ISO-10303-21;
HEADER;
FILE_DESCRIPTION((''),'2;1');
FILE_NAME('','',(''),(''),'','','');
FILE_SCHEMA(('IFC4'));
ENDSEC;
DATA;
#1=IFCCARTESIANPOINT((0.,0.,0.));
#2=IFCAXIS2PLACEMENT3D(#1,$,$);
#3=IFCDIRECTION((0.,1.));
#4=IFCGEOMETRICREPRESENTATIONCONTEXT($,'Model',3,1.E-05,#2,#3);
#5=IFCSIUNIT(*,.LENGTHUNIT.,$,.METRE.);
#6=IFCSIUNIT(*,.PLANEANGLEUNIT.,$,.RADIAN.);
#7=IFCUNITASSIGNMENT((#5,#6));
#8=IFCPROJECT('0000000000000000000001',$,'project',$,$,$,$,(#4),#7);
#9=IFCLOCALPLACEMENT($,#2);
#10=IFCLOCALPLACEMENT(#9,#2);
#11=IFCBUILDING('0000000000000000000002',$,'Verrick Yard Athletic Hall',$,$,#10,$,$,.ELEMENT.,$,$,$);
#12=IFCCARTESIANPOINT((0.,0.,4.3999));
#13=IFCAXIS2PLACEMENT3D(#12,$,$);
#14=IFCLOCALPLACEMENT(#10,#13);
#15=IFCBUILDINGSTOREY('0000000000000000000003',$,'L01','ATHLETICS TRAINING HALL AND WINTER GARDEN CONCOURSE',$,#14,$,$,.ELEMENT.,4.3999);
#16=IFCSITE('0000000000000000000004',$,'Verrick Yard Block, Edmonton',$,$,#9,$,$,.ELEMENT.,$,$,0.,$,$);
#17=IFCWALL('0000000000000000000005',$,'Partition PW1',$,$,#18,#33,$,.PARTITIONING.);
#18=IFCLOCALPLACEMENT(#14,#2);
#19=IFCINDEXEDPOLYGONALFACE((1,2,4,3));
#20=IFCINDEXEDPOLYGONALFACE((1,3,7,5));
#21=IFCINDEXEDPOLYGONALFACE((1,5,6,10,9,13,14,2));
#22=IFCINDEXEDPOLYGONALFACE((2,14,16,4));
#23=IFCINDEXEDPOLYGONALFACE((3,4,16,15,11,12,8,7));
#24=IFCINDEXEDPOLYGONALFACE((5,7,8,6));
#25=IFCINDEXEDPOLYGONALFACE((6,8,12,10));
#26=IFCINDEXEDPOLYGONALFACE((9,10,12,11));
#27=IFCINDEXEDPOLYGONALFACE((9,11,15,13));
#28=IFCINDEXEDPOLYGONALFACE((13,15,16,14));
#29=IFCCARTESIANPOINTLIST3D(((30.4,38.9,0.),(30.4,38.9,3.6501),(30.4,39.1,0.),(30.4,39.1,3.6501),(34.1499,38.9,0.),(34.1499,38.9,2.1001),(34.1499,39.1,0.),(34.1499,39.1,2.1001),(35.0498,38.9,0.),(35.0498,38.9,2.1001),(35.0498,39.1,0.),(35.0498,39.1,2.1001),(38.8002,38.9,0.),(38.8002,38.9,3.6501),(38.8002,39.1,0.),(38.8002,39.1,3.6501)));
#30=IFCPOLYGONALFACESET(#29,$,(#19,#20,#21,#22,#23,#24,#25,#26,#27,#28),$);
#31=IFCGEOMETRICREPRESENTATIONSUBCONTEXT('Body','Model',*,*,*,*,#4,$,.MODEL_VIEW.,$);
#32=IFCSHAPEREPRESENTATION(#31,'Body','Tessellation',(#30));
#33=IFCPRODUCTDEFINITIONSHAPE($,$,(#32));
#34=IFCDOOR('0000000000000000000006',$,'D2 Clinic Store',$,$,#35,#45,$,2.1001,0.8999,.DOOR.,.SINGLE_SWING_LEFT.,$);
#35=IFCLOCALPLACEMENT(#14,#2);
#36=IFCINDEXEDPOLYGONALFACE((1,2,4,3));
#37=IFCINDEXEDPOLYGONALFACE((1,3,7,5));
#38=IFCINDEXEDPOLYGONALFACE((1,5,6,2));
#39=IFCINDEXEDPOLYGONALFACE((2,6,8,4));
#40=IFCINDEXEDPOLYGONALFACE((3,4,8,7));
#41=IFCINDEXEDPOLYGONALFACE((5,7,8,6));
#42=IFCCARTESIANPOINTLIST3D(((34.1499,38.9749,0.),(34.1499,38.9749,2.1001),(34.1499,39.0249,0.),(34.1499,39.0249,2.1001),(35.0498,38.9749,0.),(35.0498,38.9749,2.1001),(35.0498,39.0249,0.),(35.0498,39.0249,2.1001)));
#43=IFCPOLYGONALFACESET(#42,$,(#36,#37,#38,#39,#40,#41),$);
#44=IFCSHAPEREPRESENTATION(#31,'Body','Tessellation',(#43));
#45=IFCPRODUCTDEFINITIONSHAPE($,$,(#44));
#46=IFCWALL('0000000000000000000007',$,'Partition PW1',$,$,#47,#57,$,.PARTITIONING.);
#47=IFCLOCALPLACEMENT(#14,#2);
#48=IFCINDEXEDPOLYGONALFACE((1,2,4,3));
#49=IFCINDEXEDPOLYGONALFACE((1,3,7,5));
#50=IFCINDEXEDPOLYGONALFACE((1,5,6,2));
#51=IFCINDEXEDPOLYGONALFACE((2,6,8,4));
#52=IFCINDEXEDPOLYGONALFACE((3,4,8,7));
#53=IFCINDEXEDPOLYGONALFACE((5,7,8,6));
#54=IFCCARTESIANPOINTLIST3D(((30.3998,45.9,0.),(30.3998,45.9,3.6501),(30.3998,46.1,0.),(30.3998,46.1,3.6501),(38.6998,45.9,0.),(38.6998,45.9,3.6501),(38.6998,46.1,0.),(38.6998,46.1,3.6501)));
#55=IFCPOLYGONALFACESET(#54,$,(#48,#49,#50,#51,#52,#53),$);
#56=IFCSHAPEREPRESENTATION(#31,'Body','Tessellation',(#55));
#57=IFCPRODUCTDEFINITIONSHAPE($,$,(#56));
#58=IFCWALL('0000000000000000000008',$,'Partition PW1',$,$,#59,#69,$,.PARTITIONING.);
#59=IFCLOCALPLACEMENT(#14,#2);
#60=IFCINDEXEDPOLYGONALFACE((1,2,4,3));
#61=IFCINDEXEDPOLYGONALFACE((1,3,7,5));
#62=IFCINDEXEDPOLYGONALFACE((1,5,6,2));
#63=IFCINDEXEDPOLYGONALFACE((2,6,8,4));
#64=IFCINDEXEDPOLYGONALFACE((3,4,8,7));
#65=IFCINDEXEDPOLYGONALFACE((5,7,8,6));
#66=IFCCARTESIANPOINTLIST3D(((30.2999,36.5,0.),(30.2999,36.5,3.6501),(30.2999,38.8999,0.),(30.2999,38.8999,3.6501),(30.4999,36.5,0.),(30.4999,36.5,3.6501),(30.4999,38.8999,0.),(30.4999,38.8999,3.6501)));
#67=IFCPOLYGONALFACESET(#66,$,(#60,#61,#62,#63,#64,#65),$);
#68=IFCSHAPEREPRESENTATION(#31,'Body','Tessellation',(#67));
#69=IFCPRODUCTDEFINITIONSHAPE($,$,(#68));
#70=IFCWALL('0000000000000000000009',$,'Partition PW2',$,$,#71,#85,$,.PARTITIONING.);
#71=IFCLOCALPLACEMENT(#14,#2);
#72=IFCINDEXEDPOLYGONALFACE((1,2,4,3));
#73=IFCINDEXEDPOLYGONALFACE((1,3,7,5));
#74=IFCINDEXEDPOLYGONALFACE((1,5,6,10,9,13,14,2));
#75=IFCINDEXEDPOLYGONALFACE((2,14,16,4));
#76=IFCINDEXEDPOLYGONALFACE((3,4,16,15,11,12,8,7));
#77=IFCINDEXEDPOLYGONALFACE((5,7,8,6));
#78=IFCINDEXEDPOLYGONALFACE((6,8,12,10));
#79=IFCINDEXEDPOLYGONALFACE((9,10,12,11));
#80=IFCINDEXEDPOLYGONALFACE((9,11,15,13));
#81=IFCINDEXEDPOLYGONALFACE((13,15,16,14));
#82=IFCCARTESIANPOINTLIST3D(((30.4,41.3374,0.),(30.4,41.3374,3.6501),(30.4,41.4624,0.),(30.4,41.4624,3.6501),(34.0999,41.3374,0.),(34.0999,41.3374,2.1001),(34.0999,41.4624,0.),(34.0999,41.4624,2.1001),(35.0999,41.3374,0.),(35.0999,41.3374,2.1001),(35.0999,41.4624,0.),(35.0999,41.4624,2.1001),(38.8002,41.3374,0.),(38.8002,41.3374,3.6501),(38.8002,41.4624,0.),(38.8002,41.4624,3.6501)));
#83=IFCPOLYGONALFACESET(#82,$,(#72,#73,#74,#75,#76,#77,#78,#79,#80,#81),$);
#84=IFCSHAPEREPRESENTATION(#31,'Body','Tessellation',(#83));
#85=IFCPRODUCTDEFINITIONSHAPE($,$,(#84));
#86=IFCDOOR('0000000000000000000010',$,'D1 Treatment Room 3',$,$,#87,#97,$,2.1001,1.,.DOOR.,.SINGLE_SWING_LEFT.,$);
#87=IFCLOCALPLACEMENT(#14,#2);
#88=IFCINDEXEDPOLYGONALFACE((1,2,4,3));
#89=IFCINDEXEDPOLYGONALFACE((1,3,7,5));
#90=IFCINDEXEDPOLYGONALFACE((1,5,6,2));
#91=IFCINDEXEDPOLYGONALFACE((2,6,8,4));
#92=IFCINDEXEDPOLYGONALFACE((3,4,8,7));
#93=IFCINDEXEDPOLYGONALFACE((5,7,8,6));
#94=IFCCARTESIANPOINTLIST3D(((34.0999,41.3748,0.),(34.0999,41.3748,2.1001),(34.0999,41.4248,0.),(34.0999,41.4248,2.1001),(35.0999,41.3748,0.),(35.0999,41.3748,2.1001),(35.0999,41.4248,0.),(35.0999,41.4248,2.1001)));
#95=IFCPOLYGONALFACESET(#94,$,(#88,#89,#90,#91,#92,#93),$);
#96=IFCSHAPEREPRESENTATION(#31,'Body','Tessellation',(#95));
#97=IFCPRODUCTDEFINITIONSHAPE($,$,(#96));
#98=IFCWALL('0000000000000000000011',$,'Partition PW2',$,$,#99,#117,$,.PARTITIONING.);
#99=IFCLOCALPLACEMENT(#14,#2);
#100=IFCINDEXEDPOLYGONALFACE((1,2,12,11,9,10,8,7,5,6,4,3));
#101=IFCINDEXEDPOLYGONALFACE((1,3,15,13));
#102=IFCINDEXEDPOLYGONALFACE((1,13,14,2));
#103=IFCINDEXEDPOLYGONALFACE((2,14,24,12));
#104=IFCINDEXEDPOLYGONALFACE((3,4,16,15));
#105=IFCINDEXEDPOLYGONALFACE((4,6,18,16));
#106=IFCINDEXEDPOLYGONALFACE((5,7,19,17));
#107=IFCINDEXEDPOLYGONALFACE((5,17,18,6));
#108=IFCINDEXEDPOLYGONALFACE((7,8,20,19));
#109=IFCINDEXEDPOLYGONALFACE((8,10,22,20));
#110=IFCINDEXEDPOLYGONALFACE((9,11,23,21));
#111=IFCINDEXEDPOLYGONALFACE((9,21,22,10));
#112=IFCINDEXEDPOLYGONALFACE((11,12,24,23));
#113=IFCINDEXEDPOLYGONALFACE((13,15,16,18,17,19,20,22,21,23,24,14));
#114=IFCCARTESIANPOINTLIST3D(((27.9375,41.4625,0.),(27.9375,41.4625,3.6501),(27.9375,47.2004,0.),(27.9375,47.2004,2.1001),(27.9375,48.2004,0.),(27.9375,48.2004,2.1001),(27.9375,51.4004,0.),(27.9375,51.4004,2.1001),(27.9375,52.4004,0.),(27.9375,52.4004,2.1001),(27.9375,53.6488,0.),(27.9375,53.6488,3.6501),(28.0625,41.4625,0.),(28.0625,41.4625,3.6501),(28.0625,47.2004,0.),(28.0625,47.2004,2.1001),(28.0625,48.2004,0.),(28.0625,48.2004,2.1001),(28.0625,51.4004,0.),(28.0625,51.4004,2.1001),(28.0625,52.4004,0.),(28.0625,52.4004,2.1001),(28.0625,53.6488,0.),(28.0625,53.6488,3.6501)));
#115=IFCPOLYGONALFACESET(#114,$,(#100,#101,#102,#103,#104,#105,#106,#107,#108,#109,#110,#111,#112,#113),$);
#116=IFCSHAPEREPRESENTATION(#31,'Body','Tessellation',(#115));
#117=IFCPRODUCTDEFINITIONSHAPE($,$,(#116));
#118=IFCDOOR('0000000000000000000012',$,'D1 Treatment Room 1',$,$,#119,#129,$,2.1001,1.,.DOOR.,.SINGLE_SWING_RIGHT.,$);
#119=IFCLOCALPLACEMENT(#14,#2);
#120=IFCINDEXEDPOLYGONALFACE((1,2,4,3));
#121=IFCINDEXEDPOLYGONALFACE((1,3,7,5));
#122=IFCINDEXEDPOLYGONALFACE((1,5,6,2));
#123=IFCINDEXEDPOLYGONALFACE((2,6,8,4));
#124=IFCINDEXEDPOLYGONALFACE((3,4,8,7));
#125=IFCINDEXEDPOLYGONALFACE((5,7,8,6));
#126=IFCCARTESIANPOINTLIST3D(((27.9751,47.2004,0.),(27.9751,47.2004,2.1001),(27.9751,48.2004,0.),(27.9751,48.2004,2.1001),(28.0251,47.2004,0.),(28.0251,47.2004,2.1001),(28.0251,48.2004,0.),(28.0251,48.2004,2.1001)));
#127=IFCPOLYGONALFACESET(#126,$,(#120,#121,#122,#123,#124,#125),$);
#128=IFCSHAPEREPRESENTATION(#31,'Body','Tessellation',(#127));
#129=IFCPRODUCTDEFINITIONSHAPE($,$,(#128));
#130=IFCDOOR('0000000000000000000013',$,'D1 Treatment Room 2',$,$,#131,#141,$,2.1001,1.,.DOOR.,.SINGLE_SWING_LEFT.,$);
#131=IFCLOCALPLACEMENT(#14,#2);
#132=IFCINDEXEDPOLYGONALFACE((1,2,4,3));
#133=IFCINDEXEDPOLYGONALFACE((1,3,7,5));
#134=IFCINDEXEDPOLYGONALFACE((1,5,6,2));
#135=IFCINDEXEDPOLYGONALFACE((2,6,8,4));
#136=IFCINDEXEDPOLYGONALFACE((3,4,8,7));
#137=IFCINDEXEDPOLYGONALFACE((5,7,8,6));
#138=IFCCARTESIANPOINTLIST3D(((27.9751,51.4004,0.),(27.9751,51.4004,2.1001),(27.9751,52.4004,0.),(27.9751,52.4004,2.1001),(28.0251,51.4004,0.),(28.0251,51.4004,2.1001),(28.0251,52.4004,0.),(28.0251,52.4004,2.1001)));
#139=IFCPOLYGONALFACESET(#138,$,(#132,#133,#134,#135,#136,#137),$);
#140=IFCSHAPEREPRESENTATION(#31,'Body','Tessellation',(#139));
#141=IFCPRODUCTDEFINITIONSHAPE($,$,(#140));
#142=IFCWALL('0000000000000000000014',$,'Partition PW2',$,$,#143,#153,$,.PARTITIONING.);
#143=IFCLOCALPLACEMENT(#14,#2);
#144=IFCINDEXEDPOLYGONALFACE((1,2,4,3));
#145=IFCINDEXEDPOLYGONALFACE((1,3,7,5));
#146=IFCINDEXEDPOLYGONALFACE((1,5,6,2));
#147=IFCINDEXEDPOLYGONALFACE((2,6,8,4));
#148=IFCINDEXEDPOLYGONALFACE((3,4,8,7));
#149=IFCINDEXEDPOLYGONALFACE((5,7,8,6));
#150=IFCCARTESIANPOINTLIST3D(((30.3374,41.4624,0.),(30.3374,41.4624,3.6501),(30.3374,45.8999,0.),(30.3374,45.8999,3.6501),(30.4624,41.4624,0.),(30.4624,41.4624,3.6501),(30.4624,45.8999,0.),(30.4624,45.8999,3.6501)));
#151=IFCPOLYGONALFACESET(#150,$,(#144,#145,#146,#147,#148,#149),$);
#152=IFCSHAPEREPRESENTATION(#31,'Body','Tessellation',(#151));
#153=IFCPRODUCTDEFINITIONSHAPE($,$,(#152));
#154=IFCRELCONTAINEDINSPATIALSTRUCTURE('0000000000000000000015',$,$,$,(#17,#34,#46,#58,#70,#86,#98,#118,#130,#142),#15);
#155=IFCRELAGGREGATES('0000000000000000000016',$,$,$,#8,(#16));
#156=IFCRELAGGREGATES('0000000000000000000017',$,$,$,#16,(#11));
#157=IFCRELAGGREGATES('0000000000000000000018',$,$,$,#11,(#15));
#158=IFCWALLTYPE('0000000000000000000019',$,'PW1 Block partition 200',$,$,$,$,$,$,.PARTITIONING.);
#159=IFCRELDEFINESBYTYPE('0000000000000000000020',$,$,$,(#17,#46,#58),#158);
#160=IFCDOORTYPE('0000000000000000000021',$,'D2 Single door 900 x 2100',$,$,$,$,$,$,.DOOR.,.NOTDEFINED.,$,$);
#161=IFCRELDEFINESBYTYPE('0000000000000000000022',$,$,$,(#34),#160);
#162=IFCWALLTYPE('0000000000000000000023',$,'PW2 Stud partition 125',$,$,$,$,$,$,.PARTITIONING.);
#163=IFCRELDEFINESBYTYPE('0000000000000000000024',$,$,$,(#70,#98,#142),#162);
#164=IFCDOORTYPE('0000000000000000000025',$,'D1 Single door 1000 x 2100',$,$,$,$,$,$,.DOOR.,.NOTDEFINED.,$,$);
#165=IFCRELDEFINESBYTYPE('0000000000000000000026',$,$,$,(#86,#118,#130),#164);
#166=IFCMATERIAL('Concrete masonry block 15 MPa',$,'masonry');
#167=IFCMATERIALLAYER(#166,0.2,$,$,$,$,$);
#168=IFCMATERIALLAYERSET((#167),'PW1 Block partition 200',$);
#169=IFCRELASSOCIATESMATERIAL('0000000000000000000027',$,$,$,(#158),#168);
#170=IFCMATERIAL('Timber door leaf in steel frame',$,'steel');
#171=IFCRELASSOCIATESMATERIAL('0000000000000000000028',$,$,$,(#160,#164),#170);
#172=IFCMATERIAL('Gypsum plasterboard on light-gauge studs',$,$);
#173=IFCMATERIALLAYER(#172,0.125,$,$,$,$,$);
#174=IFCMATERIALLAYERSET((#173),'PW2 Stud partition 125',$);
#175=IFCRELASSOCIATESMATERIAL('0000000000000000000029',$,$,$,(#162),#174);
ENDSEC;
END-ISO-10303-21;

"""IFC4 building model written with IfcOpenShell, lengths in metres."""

from ifc_helpers import new_model, si_unit, direction, frame, frame_2d, origin, place, context, subcontext, project, spatial, rectangle, extrude, material, layer, layer_set, type_object, element, fill, save


model = new_model("IFC4")

# Units and contexts
model_context = context("Model", 3, precision=1e-05, world=origin(), true_north=direction((0.0, 1.0)))
body_context = subcontext(model_context, "Body", "Model", "MODEL_VIEW")
ifc_project = project(units=[si_unit("LENGTHUNIT", "METRE"), si_unit("PLANEANGLEUNIT", "RADIAN")], contexts=[model_context])

# Site, building, storey
site_placement = place(None, origin())
site = spatial("IfcSite", under=ifc_project, at=site_placement, Name="Verrick Yard Block, Edmonton", CompositionType="ELEMENT", RefElevation=0.0)
building_placement = place(site_placement, origin())
building = spatial("IfcBuilding", under=site, at=building_placement, Name="Verrick Yard Athletic Hall", CompositionType="ELEMENT")
storey_placement = place(building_placement, frame((0.0, 0.0, 4.3999)))
storey = spatial("IfcBuildingStorey", under=building, at=storey_placement, Name="L01", Description="ATHLETICS TRAINING HALL AND WINTER GARDEN CONCOURSE", CompositionType="ELEMENT", Elevation=4.3999)

# Shared definitions
ifc_material_1 = material(Name="Concrete masonry block 15 MPa", Category="masonry")
ifc_layer_1 = layer(ifc_material_1, 0.2)
ifc_layer_set_1 = layer_set([ifc_layer_1], Name="PW1 Block partition 200")
wall_type_1 = type_object("IfcWallType", Name="PW1 Block partition 200", PredefinedType="PARTITIONING", material=ifc_layer_set_1)

# Wall, opening, door
wall_1_placement = place(storey_placement, frame((30.3999, 39.0, 0.0), z_axis=(0.0, 0.0, 1.0), x_axis=(1.0, 0.0, 0.0)))
wall_1 = element("IfcWall", 1, at=wall_1_placement, inside=storey, type_object=wall_type_1, Name="Partition PW1", PredefinedType="PARTITIONING", context=body_context, shape_type="SweptSolid", body=[
    extrude(rectangle(XDim=8.4001, YDim=0.2, at=frame_2d((4.2002, 0.0))), origin(), (0.0, 0.0, 1.0), 3.6501),
])
opening_1_placement = place(wall_1_placement, frame((3.75, 0.0, 0.0)))
opening_1 = element("IfcOpeningElement", 2, at=opening_1_placement, cuts=wall_1, PredefinedType="OPENING", context=body_context, shape_type="SweptSolid", body=[
    extrude(rectangle(XDim=0.8999, YDim=2.1001, at=frame_2d((0.45, 1.05))), frame((0.0, 0.1099, 0.0), z_axis=(0.0, -1.0, 0.0), x_axis=(1.0, 0.0, 0.0)), (0.0, 0.0, 1.0), 0.22),
])
ifc_material_2 = material(Name="Timber door leaf in steel frame", Category="steel")
door_type_1 = type_object("IfcDoorType", Name="D2 Single door 900 x 2100", OperationType="NOTDEFINED", PredefinedType="DOOR", material=ifc_material_2)
door_1_placement = place(opening_1_placement, origin())
door_1 = element("IfcDoor", 3, at=door_1_placement, inside=storey, type_object=door_type_1, Name="D2 Clinic Store", OperationType="SINGLE_SWING_LEFT", OverallHeight=2.1001, OverallWidth=0.8999, PredefinedType="DOOR", context=body_context, shape_type="SweptSolid", body=[
    extrude(rectangle(XDim=0.8999, YDim=2.1001, at=frame_2d((0.45, 1.05))), frame((0.0, 0.0249, 0.0), z_axis=(0.0, -1.0, 0.0), x_axis=(1.0, 0.0, 0.0)), (0.0, 0.0, 1.0), 0.05),
])
fill(opening_1, door_1)

# Walls
wall_2_placement = place(storey_placement, frame((30.3999, 46.0, 0.0), z_axis=(0.0, 0.0, 1.0), x_axis=(1.0, 0.0, 0.0)))
element("IfcWall", 4, at=wall_2_placement, inside=storey, type_object=wall_type_1, Name="Partition PW1", PredefinedType="PARTITIONING", context=body_context, shape_type="SweptSolid", body=[
    extrude(rectangle(XDim=8.3, YDim=0.2, at=frame_2d((4.1499, 0.0))), origin(), (0.0, 0.0, 1.0), 3.6501),
])
wall_3_placement = place(storey_placement, frame((30.3999, 36.5, 0.0), z_axis=(0.0, 0.0, 1.0), x_axis=(0.0, 1.0, 0.0)))
element("IfcWall", 5, at=wall_3_placement, inside=storey, type_object=wall_type_1, Name="Partition PW1", PredefinedType="PARTITIONING", context=body_context, shape_type="SweptSolid", body=[
    extrude(rectangle(XDim=2.3999, YDim=0.2, at=frame_2d((1.2, 0.0))), origin(), (0.0, 0.0, 1.0), 3.6501),
])

# Wall, opening, door
ifc_material_3 = material(Name="Gypsum plasterboard on light-gauge studs")
ifc_layer_2 = layer(ifc_material_3, 0.125)
ifc_layer_set_2 = layer_set([ifc_layer_2], Name="PW2 Stud partition 125")
wall_type_2 = type_object("IfcWallType", Name="PW2 Stud partition 125", PredefinedType="PARTITIONING", material=ifc_layer_set_2)
wall_4_placement = place(storey_placement, frame((30.3999, 41.3999, 0.0), z_axis=(0.0, 0.0, 1.0), x_axis=(1.0, 0.0, 0.0)))
wall_4 = element("IfcWall", 6, at=wall_4_placement, inside=storey, type_object=wall_type_2, Name="Partition PW2", PredefinedType="PARTITIONING", context=body_context, shape_type="SweptSolid", body=[
    extrude(rectangle(XDim=8.4001, YDim=0.125, at=frame_2d((4.2002, 0.0))), origin(), (0.0, 0.0, 1.0), 3.6501),
])
opening_2_placement = place(wall_4_placement, frame((3.7, 0.0, 0.0)))
opening_2 = element("IfcOpeningElement", 7, at=opening_2_placement, cuts=wall_4, PredefinedType="OPENING", context=body_context, shape_type="SweptSolid", body=[
    extrude(rectangle(XDim=1.0, YDim=2.1001, at=frame_2d((0.5, 1.05))), frame((0.0, 0.0725, 0.0), z_axis=(0.0, -1.0, 0.0), x_axis=(1.0, 0.0, 0.0)), (0.0, 0.0, 1.0), 0.145),
])
door_type_2 = type_object("IfcDoorType", Name="D1 Single door 1000 x 2100", OperationType="NOTDEFINED", PredefinedType="DOOR", material=ifc_material_2)
door_2_placement = place(opening_2_placement, origin())
door_2 = element("IfcDoor", 8, at=door_2_placement, inside=storey, type_object=door_type_2, Name="D1 Treatment Room 3", OperationType="SINGLE_SWING_LEFT", OverallHeight=2.1001, OverallWidth=1.0, PredefinedType="DOOR", context=body_context, shape_type="SweptSolid", body=[
    extrude(rectangle(XDim=1.0, YDim=2.1001, at=frame_2d((0.5, 1.05))), frame((0.0, 0.0249, 0.0), z_axis=(0.0, -1.0, 0.0), x_axis=(1.0, 0.0, 0.0)), (0.0, 0.0, 1.0), 0.05),
])
fill(opening_2, door_2)

# Wall, openings, doors
wall_5_placement = place(storey_placement, frame((28.0, 41.4624, 0.0), z_axis=(0.0, 0.0, 1.0), x_axis=(0.0, 1.0, 0.0)))
wall_5 = element("IfcWall", 9, at=wall_5_placement, inside=storey, type_object=wall_type_2, Name="Partition PW2", PredefinedType="PARTITIONING", context=body_context, shape_type="SweptSolid", body=[
    extrude(rectangle(XDim=12.1863, YDim=0.125, at=frame_2d((6.0933, 0.0))), origin(), (0.0, 0.0, 1.0), 3.6501),
])
opening_3_placement = place(wall_5_placement, frame((5.738, 0.0, 0.0)))
opening_3 = element("IfcOpeningElement", 10, at=opening_3_placement, cuts=wall_5, PredefinedType="OPENING", context=body_context, shape_type="SweptSolid", body=[
    extrude(rectangle(XDim=1.0, YDim=2.1001, at=frame_2d((0.5, 1.05))), frame((0.0, 0.0725, 0.0), z_axis=(0.0, -1.0, 0.0), x_axis=(1.0, 0.0, 0.0)), (0.0, 0.0, 1.0), 0.145),
])
opening_4_placement = place(wall_5_placement, frame((9.938, 0.0, 0.0)))
opening_4 = element("IfcOpeningElement", 11, at=opening_4_placement, cuts=wall_5, PredefinedType="OPENING", context=body_context, shape_type="SweptSolid", body=[
    extrude(rectangle(XDim=1.0, YDim=2.1001, at=frame_2d((0.5, 1.05))), frame((0.0, 0.0725, 0.0), z_axis=(0.0, -1.0, 0.0), x_axis=(1.0, 0.0, 0.0)), (0.0, 0.0, 1.0), 0.145),
])
door_3_placement = place(opening_3_placement, origin())
door_3 = element("IfcDoor", 12, at=door_3_placement, inside=storey, type_object=door_type_2, Name="D1 Treatment Room 1", OperationType="SINGLE_SWING_RIGHT", OverallHeight=2.1001, OverallWidth=1.0, PredefinedType="DOOR", context=body_context, shape_type="SweptSolid", body=[
    extrude(rectangle(XDim=1.0, YDim=2.1001, at=frame_2d((0.5, 1.05))), frame((0.0, 0.0249, 0.0), z_axis=(0.0, -1.0, 0.0), x_axis=(1.0, 0.0, 0.0)), (0.0, 0.0, 1.0), 0.05),
])
fill(opening_3, door_3)
door_4_placement = place(opening_4_placement, origin())
door_4 = element("IfcDoor", 13, at=door_4_placement, inside=storey, type_object=door_type_2, Name="D1 Treatment Room 2", OperationType="SINGLE_SWING_LEFT", OverallHeight=2.1001, OverallWidth=1.0, PredefinedType="DOOR", context=body_context, shape_type="SweptSolid", body=[
    extrude(rectangle(XDim=1.0, YDim=2.1001, at=frame_2d((0.5, 1.05))), frame((0.0, 0.0249, 0.0), z_axis=(0.0, -1.0, 0.0), x_axis=(1.0, 0.0, 0.0)), (0.0, 0.0, 1.0), 0.05),
])
fill(opening_4, door_4)

# Wall
wall_6_placement = place(storey_placement, frame((30.3999, 41.4624, 0.0), z_axis=(0.0, 0.0, 1.0), x_axis=(0.0, 1.0, 0.0)))
element("IfcWall", 14, at=wall_6_placement, inside=storey, type_object=wall_type_2, Name="Partition PW2", PredefinedType="PARTITIONING", context=body_context, shape_type="SweptSolid", body=[
    extrude(rectangle(XDim=4.4375, YDim=0.125, at=frame_2d((2.2188, 0.0))), origin(), (0.0, 0.0, 1.0), 3.6501),
])

save(model, "model.ifc")
